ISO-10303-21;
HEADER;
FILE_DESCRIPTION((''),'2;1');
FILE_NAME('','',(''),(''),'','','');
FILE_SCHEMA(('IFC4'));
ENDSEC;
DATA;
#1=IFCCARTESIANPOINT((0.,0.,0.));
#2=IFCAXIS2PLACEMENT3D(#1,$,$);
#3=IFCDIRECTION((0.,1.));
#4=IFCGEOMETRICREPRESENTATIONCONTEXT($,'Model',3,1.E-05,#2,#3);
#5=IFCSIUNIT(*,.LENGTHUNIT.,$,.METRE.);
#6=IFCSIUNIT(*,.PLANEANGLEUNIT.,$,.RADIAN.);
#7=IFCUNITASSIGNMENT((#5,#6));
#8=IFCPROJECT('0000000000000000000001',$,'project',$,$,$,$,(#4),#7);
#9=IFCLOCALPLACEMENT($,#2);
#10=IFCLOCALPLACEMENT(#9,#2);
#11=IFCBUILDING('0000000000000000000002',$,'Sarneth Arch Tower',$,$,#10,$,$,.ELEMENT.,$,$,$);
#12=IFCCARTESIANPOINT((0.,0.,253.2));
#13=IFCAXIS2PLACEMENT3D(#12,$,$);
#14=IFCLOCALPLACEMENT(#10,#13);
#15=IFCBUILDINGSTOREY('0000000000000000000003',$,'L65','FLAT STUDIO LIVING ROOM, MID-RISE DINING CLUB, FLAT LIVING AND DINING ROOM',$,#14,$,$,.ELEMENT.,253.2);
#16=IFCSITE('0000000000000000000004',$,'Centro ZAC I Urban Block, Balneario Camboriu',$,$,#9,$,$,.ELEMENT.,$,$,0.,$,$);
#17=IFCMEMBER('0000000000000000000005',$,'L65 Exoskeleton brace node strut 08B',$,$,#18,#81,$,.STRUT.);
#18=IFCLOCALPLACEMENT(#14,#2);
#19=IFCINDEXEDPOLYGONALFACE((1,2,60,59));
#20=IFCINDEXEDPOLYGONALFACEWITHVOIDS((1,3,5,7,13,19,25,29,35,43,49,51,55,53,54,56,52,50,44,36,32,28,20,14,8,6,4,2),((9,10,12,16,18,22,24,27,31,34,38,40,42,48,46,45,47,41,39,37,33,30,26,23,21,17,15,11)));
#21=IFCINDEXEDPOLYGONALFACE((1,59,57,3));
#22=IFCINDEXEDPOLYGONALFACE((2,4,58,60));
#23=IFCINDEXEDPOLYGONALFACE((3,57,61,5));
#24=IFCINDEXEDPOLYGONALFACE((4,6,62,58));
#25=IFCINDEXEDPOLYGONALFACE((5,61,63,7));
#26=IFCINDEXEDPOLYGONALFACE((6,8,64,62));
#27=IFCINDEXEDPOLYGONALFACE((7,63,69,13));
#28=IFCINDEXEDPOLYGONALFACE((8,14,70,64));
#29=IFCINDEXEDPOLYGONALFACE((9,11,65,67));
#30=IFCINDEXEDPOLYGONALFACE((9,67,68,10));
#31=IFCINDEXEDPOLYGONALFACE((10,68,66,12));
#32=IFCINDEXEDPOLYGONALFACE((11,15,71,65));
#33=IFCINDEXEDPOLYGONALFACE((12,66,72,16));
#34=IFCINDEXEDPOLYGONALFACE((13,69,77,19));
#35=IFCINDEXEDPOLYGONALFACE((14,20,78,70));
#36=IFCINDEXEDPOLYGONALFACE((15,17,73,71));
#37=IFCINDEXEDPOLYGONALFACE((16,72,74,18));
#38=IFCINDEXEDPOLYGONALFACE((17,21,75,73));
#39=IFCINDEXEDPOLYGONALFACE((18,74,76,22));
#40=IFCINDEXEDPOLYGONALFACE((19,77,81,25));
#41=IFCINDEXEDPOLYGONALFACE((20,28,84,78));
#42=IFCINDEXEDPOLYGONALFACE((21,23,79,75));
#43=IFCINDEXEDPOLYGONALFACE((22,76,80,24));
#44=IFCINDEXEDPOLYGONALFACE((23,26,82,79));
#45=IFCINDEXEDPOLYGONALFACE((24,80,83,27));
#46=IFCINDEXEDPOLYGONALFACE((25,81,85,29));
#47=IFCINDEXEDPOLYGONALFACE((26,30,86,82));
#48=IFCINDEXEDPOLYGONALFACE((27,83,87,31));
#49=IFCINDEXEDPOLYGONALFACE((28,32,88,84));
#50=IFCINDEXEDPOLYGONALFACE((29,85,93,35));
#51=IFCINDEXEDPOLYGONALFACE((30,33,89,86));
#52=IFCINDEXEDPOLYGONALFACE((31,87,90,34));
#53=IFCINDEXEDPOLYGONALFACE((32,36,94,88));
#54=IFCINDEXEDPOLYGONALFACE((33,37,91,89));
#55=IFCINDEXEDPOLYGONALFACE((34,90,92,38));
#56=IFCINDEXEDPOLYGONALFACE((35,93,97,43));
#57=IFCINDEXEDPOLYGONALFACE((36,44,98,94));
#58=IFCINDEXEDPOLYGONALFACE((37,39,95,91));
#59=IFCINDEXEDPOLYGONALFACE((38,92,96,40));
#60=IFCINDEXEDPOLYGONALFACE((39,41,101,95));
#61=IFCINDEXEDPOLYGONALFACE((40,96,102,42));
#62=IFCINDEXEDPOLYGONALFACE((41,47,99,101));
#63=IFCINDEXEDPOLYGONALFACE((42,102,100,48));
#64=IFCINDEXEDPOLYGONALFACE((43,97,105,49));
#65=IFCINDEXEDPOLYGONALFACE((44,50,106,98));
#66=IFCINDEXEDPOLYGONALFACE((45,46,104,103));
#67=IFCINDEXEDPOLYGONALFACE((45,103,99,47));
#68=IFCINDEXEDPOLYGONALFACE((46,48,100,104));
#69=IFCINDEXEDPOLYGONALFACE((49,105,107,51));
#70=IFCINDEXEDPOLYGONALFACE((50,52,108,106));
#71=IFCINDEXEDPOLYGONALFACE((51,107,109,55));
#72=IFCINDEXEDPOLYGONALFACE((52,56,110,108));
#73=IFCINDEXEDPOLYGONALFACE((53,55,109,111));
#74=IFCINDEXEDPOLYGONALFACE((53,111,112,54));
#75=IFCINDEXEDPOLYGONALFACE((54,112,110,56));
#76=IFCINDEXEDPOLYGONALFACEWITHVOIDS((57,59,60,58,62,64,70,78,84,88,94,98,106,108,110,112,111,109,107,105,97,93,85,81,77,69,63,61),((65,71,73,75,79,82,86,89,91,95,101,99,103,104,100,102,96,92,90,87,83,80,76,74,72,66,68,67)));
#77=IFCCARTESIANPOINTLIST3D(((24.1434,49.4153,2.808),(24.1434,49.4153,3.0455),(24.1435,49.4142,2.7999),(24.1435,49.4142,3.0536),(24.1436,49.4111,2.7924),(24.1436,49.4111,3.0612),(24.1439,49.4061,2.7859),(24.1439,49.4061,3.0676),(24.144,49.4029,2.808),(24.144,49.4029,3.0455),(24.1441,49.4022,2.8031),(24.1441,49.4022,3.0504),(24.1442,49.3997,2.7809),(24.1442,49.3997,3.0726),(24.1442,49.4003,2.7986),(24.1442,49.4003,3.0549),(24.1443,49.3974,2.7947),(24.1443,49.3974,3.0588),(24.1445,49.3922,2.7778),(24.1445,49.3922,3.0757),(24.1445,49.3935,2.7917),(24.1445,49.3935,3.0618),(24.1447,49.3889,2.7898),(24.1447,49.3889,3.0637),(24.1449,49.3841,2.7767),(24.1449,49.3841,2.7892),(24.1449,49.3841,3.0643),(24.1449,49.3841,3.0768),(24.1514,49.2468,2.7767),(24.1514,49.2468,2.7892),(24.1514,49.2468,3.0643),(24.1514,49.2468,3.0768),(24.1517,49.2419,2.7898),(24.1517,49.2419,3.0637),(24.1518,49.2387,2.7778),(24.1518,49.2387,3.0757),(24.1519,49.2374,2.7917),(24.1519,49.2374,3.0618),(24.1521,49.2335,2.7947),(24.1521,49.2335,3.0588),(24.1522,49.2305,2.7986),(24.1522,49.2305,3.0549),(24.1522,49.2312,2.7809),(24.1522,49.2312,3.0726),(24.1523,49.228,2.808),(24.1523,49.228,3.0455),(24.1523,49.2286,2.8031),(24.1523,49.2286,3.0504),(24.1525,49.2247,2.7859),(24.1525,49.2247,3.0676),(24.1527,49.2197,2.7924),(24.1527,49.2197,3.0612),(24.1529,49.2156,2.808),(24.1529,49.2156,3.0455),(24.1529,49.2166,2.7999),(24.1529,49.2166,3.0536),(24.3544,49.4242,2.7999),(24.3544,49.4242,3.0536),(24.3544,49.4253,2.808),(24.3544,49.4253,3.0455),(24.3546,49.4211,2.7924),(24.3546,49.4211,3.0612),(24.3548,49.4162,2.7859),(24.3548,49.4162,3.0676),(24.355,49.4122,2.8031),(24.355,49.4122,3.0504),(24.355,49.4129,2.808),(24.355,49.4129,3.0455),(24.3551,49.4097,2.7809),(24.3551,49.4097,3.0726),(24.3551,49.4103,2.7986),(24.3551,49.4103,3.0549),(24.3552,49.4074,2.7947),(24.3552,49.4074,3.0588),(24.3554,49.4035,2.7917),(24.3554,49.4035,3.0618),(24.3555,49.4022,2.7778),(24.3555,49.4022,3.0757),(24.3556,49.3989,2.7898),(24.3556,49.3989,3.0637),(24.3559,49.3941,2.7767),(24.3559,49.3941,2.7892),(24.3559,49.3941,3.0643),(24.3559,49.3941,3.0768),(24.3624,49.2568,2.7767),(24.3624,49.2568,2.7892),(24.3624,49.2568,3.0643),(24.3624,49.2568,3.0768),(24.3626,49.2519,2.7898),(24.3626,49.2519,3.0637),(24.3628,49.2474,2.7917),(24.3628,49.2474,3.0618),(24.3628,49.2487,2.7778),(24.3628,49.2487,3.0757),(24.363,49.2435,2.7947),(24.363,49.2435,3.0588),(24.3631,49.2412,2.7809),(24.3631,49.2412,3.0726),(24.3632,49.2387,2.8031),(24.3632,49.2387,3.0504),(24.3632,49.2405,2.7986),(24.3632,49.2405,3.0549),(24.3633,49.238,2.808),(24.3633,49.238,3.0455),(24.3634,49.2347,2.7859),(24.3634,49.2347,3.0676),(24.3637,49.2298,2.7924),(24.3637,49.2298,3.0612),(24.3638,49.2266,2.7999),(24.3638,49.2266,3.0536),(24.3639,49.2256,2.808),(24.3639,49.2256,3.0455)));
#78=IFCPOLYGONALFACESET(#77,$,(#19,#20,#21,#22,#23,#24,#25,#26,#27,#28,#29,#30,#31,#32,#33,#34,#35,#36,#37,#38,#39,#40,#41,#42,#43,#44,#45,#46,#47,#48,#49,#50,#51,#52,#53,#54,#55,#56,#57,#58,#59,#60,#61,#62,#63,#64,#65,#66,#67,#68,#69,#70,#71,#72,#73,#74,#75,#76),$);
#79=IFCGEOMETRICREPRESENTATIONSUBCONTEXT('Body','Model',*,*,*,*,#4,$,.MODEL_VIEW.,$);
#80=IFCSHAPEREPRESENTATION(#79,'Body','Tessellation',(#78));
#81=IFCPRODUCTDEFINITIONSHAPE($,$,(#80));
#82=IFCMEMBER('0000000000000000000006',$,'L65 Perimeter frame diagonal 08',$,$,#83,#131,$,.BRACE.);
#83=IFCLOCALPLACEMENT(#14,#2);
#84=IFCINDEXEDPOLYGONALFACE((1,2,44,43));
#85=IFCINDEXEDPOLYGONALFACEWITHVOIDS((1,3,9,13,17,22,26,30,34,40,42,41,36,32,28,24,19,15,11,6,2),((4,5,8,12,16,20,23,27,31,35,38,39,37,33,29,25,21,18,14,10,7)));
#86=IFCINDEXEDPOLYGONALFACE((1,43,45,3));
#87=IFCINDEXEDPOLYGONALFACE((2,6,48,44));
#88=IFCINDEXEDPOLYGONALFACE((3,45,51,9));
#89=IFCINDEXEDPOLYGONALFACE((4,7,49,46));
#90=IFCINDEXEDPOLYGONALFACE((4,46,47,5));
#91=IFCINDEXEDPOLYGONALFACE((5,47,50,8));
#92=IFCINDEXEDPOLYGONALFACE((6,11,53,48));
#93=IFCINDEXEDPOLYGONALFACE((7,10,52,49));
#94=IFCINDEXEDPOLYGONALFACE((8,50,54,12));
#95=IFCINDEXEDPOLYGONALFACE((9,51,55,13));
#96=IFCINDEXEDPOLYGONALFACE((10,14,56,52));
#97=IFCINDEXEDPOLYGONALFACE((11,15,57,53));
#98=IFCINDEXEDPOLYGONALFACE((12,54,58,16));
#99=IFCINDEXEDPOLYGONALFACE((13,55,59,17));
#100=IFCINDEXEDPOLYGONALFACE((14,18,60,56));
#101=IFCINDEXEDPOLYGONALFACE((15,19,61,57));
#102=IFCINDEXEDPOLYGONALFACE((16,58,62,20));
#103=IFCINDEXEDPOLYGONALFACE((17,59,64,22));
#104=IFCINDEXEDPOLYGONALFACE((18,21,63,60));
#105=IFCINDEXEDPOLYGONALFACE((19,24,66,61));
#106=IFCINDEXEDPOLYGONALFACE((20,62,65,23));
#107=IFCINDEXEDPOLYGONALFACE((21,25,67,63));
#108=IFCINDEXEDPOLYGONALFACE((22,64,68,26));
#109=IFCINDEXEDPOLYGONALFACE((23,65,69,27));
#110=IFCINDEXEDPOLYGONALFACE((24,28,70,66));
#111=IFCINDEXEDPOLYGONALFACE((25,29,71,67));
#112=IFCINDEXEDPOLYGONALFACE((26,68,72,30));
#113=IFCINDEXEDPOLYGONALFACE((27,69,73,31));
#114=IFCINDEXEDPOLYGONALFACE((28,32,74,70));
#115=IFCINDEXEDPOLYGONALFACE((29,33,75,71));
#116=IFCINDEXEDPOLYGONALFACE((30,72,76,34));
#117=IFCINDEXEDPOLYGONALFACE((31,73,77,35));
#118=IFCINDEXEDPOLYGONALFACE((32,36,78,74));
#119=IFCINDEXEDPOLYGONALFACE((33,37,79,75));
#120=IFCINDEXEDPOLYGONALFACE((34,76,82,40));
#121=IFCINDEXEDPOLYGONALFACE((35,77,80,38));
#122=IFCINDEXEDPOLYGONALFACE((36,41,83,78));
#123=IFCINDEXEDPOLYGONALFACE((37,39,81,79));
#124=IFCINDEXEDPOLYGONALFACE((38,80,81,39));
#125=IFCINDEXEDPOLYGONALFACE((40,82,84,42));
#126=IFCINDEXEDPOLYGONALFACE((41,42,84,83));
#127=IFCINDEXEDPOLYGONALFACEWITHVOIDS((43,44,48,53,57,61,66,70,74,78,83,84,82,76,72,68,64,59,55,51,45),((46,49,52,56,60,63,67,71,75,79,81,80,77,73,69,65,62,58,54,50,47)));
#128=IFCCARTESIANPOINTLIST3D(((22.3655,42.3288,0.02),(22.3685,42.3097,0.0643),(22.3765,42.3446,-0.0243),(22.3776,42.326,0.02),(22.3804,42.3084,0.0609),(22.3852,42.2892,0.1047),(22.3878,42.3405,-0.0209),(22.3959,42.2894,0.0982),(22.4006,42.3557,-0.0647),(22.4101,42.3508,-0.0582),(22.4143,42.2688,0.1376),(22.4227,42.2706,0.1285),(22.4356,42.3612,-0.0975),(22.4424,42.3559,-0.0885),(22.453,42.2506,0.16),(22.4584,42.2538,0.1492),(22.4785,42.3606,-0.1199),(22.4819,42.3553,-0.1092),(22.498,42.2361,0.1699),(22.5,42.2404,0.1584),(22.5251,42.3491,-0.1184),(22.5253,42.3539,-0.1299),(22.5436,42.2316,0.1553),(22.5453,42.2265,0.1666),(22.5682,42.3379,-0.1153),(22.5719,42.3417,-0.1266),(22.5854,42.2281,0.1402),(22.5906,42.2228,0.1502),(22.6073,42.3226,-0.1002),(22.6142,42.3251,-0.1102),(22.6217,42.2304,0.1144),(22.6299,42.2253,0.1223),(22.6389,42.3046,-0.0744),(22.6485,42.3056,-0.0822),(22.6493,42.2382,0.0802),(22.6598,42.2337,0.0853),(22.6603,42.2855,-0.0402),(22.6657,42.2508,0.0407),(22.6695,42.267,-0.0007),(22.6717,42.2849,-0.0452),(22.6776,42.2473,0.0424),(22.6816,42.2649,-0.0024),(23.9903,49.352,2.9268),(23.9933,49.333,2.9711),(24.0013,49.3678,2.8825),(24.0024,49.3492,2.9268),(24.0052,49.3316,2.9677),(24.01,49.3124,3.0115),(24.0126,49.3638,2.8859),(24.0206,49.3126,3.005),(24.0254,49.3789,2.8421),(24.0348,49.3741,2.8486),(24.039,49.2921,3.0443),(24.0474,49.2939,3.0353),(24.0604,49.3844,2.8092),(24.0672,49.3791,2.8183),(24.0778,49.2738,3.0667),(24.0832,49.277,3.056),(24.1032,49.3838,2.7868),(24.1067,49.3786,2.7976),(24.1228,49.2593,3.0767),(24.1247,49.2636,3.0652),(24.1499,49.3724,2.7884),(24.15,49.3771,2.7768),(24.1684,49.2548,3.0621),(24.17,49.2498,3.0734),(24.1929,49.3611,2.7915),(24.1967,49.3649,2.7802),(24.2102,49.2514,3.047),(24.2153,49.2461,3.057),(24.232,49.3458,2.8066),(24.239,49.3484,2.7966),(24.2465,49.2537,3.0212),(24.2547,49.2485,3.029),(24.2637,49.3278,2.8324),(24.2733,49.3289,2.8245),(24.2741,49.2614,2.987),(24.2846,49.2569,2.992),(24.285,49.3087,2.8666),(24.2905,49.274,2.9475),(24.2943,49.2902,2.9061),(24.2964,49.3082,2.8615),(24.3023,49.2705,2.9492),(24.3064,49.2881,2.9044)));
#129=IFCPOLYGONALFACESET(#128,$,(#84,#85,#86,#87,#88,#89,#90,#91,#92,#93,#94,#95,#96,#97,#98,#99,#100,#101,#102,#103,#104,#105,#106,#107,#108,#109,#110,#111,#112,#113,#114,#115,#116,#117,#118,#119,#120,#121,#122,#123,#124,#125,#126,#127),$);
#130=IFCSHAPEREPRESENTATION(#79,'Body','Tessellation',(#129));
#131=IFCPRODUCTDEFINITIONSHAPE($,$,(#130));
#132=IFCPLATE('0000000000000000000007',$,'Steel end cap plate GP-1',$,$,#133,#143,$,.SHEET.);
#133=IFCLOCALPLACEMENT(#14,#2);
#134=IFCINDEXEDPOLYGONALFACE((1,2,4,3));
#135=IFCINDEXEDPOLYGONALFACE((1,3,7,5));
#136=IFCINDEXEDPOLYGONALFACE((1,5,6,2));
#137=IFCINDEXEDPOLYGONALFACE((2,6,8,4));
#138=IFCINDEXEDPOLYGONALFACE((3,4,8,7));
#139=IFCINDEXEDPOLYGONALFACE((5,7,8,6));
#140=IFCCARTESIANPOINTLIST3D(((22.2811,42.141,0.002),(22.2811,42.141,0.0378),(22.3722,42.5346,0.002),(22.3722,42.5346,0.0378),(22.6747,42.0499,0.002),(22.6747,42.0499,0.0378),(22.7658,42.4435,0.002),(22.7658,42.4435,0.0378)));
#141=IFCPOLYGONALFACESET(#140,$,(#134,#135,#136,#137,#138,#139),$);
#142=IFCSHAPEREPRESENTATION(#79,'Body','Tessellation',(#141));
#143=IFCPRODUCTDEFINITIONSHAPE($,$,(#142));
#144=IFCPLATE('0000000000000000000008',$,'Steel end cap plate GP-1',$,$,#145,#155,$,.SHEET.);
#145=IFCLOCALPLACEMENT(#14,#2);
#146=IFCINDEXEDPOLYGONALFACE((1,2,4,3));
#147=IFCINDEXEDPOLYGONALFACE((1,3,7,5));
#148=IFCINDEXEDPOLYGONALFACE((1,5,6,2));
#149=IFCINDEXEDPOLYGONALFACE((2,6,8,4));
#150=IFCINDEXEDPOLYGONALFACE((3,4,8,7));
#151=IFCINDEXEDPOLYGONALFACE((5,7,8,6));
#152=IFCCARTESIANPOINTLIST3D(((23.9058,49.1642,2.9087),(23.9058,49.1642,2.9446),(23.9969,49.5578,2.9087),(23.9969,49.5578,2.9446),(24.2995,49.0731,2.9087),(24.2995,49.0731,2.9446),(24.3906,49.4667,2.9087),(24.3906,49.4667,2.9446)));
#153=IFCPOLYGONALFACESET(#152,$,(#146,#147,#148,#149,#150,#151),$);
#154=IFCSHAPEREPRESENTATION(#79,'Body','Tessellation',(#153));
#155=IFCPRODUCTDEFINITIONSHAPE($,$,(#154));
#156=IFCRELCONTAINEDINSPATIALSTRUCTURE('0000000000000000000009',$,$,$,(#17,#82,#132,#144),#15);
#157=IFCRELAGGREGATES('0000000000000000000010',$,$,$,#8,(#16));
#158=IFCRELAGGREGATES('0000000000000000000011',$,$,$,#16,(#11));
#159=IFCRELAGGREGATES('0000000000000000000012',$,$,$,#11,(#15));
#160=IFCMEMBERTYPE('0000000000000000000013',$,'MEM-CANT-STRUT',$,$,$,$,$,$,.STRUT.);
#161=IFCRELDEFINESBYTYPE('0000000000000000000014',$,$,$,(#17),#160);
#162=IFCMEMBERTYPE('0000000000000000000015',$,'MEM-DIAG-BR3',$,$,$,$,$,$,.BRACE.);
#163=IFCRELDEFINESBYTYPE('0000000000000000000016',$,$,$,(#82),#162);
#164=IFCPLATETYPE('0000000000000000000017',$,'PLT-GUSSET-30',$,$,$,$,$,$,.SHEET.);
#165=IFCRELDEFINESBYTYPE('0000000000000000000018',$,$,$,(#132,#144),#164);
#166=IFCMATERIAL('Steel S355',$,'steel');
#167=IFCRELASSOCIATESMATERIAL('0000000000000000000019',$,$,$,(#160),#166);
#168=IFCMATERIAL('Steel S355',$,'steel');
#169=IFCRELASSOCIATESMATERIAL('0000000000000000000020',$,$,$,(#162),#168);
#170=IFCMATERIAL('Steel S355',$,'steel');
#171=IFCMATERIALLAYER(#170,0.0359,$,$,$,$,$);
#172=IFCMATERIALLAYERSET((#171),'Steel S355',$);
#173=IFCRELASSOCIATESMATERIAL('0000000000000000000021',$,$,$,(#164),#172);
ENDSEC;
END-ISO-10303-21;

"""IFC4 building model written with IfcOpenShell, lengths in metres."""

from ifc_helpers import new_model, si_unit, direction, frame, origin, origin_2d, place, context, subcontext, project, spatial, rectangle, hollow_rectangle, hollow_circle, extrude, material, layer, layer_set, material_profile, profile_set, type_object, element, save


model = new_model("IFC4")

# Units and contexts
model_context = context("Model", 3, precision=1e-05, world=origin(), true_north=direction((0.0, 1.0)))
body_context = subcontext(model_context, "Body", "Model", "MODEL_VIEW")
ifc_project = project(units=[si_unit("LENGTHUNIT", "METRE"), si_unit("PLANEANGLEUNIT", "RADIAN")], contexts=[model_context])

# Site, building, storey
site_placement = place(None, origin())
site = spatial("IfcSite", under=ifc_project, at=site_placement, Name="Centro ZAC I Urban Block, Balneario Camboriu", CompositionType="ELEMENT", RefElevation=0.0)
building_placement = place(site_placement, origin())
building = spatial("IfcBuilding", under=site, at=building_placement, Name="Sarneth Arch Tower", CompositionType="ELEMENT")
storey_placement = place(building_placement, frame((0.0, 0.0, 253.2)))
storey = spatial("IfcBuildingStorey", under=building, at=storey_placement, Name="L65", Description="FLAT STUDIO LIVING ROOM, MID-RISE DINING CLUB, FLAT LIVING AND DINING ROOM", CompositionType="ELEMENT", Elevation=253.2)

# Members
ifc_material_1 = material(Name="Steel S355", Category="steel")
ifc_material_profile_1 = material_profile(ifc_material_1, hollow_rectangle(XDim=0.2, YDim=0.3, WallThickness=0.0125, InnerFilletRadius=0.0188, OuterFilletRadius=0.0312, at=origin_2d()), Name="RHS300x200x12.5")
ifc_profile_set_1 = profile_set([ifc_material_profile_1], Name="Steel S355")
member_type_1 = type_object("IfcMemberType", Name="MEM-CANT-STRUT", PredefinedType="STRUT", material=ifc_profile_set_1)
member_1_placement = place(storey_placement, frame((24.3591, 49.3254, 2.9268), z_axis=(-0.998876, -0.0474, 0.0), x_axis=(0.0474, -0.998876, 0.0)))
element("IfcMember", 1, at=member_1_placement, inside=storey, type_object=member_type_1, Name="L65 Exoskeleton brace node strut 08B", PredefinedType="STRUT", context=body_context, shape_type="SweptSolid", body=[
    extrude(hollow_rectangle(XDim=0.2, YDim=0.3, WallThickness=0.0125, InnerFilletRadius=0.0188, OuterFilletRadius=0.0312, at=origin_2d()), origin(), (0.0, 0.0, 1.0), 0.2112),
])
ifc_material_2 = material(Name="Steel S355", Category="steel")
ifc_material_profile_2 = material_profile(ifc_material_2, hollow_circle(Radius=0.1621, WallThickness=0.0125, at=origin_2d()), Name="CHS324x12.5")
ifc_profile_set_2 = profile_set([ifc_material_profile_2], Name="Steel S355")
member_type_2 = type_object("IfcMemberType", Name="MEM-DIAG-BR3", PredefinedType="BRACE", material=ifc_profile_set_2)
member_2_placement = place(storey_placement, frame((22.5234, 42.2922, 0.02), z_axis=(0.209035, 0.903577, 0.37397), x_axis=(-0.974269, 0.225389, 0.0)))
element("IfcMember", 2, at=member_2_placement, inside=storey, type_object=member_type_2, Name="L65 Perimeter frame diagonal 08", PredefinedType="BRACE", context=body_context, shape_type="SweptSolid", body=[
    extrude(hollow_circle(Radius=0.1621, WallThickness=0.0125, at=origin_2d()), origin(), (0.0, 0.0, 1.0), 7.7727),
])

# Plates
ifc_material_3 = material(Name="Steel S355", Category="steel")
ifc_layer_1 = layer(ifc_material_3, 0.0359)
ifc_layer_set_1 = layer_set([ifc_layer_1], Name="Steel S355")
plate_type = type_object("IfcPlateType", Name="PLT-GUSSET-30", PredefinedType="SHEET", material=ifc_layer_set_1)
for number, where, z_axis, x_axis, name in (
    (3, (22.5234, 42.2922, 0.002), (0.0, 0.0, 1.0), (-0.225461, -0.974252, 0.0), "Steel end cap plate GP-1"),
    (4, (24.1482, 49.3154, 2.9087), (0.0, 0.0, 1.0), (-0.225461, -0.974252, 0.0), "Steel end cap plate GP-1"),
):
    element("IfcPlate", number, at=place(storey_placement, frame(where, z_axis=z_axis, x_axis=x_axis)), inside=storey, type_object=plate_type, Name=name, PredefinedType="SHEET", context=body_context, shape_type="SweptSolid", body=[
        extrude(rectangle(XDim=0.4041, YDim=0.4041, at=origin_2d()), origin(), (0.0, 0.0, 1.0), 0.0359),
    ])

save(model, "model.ifc")
